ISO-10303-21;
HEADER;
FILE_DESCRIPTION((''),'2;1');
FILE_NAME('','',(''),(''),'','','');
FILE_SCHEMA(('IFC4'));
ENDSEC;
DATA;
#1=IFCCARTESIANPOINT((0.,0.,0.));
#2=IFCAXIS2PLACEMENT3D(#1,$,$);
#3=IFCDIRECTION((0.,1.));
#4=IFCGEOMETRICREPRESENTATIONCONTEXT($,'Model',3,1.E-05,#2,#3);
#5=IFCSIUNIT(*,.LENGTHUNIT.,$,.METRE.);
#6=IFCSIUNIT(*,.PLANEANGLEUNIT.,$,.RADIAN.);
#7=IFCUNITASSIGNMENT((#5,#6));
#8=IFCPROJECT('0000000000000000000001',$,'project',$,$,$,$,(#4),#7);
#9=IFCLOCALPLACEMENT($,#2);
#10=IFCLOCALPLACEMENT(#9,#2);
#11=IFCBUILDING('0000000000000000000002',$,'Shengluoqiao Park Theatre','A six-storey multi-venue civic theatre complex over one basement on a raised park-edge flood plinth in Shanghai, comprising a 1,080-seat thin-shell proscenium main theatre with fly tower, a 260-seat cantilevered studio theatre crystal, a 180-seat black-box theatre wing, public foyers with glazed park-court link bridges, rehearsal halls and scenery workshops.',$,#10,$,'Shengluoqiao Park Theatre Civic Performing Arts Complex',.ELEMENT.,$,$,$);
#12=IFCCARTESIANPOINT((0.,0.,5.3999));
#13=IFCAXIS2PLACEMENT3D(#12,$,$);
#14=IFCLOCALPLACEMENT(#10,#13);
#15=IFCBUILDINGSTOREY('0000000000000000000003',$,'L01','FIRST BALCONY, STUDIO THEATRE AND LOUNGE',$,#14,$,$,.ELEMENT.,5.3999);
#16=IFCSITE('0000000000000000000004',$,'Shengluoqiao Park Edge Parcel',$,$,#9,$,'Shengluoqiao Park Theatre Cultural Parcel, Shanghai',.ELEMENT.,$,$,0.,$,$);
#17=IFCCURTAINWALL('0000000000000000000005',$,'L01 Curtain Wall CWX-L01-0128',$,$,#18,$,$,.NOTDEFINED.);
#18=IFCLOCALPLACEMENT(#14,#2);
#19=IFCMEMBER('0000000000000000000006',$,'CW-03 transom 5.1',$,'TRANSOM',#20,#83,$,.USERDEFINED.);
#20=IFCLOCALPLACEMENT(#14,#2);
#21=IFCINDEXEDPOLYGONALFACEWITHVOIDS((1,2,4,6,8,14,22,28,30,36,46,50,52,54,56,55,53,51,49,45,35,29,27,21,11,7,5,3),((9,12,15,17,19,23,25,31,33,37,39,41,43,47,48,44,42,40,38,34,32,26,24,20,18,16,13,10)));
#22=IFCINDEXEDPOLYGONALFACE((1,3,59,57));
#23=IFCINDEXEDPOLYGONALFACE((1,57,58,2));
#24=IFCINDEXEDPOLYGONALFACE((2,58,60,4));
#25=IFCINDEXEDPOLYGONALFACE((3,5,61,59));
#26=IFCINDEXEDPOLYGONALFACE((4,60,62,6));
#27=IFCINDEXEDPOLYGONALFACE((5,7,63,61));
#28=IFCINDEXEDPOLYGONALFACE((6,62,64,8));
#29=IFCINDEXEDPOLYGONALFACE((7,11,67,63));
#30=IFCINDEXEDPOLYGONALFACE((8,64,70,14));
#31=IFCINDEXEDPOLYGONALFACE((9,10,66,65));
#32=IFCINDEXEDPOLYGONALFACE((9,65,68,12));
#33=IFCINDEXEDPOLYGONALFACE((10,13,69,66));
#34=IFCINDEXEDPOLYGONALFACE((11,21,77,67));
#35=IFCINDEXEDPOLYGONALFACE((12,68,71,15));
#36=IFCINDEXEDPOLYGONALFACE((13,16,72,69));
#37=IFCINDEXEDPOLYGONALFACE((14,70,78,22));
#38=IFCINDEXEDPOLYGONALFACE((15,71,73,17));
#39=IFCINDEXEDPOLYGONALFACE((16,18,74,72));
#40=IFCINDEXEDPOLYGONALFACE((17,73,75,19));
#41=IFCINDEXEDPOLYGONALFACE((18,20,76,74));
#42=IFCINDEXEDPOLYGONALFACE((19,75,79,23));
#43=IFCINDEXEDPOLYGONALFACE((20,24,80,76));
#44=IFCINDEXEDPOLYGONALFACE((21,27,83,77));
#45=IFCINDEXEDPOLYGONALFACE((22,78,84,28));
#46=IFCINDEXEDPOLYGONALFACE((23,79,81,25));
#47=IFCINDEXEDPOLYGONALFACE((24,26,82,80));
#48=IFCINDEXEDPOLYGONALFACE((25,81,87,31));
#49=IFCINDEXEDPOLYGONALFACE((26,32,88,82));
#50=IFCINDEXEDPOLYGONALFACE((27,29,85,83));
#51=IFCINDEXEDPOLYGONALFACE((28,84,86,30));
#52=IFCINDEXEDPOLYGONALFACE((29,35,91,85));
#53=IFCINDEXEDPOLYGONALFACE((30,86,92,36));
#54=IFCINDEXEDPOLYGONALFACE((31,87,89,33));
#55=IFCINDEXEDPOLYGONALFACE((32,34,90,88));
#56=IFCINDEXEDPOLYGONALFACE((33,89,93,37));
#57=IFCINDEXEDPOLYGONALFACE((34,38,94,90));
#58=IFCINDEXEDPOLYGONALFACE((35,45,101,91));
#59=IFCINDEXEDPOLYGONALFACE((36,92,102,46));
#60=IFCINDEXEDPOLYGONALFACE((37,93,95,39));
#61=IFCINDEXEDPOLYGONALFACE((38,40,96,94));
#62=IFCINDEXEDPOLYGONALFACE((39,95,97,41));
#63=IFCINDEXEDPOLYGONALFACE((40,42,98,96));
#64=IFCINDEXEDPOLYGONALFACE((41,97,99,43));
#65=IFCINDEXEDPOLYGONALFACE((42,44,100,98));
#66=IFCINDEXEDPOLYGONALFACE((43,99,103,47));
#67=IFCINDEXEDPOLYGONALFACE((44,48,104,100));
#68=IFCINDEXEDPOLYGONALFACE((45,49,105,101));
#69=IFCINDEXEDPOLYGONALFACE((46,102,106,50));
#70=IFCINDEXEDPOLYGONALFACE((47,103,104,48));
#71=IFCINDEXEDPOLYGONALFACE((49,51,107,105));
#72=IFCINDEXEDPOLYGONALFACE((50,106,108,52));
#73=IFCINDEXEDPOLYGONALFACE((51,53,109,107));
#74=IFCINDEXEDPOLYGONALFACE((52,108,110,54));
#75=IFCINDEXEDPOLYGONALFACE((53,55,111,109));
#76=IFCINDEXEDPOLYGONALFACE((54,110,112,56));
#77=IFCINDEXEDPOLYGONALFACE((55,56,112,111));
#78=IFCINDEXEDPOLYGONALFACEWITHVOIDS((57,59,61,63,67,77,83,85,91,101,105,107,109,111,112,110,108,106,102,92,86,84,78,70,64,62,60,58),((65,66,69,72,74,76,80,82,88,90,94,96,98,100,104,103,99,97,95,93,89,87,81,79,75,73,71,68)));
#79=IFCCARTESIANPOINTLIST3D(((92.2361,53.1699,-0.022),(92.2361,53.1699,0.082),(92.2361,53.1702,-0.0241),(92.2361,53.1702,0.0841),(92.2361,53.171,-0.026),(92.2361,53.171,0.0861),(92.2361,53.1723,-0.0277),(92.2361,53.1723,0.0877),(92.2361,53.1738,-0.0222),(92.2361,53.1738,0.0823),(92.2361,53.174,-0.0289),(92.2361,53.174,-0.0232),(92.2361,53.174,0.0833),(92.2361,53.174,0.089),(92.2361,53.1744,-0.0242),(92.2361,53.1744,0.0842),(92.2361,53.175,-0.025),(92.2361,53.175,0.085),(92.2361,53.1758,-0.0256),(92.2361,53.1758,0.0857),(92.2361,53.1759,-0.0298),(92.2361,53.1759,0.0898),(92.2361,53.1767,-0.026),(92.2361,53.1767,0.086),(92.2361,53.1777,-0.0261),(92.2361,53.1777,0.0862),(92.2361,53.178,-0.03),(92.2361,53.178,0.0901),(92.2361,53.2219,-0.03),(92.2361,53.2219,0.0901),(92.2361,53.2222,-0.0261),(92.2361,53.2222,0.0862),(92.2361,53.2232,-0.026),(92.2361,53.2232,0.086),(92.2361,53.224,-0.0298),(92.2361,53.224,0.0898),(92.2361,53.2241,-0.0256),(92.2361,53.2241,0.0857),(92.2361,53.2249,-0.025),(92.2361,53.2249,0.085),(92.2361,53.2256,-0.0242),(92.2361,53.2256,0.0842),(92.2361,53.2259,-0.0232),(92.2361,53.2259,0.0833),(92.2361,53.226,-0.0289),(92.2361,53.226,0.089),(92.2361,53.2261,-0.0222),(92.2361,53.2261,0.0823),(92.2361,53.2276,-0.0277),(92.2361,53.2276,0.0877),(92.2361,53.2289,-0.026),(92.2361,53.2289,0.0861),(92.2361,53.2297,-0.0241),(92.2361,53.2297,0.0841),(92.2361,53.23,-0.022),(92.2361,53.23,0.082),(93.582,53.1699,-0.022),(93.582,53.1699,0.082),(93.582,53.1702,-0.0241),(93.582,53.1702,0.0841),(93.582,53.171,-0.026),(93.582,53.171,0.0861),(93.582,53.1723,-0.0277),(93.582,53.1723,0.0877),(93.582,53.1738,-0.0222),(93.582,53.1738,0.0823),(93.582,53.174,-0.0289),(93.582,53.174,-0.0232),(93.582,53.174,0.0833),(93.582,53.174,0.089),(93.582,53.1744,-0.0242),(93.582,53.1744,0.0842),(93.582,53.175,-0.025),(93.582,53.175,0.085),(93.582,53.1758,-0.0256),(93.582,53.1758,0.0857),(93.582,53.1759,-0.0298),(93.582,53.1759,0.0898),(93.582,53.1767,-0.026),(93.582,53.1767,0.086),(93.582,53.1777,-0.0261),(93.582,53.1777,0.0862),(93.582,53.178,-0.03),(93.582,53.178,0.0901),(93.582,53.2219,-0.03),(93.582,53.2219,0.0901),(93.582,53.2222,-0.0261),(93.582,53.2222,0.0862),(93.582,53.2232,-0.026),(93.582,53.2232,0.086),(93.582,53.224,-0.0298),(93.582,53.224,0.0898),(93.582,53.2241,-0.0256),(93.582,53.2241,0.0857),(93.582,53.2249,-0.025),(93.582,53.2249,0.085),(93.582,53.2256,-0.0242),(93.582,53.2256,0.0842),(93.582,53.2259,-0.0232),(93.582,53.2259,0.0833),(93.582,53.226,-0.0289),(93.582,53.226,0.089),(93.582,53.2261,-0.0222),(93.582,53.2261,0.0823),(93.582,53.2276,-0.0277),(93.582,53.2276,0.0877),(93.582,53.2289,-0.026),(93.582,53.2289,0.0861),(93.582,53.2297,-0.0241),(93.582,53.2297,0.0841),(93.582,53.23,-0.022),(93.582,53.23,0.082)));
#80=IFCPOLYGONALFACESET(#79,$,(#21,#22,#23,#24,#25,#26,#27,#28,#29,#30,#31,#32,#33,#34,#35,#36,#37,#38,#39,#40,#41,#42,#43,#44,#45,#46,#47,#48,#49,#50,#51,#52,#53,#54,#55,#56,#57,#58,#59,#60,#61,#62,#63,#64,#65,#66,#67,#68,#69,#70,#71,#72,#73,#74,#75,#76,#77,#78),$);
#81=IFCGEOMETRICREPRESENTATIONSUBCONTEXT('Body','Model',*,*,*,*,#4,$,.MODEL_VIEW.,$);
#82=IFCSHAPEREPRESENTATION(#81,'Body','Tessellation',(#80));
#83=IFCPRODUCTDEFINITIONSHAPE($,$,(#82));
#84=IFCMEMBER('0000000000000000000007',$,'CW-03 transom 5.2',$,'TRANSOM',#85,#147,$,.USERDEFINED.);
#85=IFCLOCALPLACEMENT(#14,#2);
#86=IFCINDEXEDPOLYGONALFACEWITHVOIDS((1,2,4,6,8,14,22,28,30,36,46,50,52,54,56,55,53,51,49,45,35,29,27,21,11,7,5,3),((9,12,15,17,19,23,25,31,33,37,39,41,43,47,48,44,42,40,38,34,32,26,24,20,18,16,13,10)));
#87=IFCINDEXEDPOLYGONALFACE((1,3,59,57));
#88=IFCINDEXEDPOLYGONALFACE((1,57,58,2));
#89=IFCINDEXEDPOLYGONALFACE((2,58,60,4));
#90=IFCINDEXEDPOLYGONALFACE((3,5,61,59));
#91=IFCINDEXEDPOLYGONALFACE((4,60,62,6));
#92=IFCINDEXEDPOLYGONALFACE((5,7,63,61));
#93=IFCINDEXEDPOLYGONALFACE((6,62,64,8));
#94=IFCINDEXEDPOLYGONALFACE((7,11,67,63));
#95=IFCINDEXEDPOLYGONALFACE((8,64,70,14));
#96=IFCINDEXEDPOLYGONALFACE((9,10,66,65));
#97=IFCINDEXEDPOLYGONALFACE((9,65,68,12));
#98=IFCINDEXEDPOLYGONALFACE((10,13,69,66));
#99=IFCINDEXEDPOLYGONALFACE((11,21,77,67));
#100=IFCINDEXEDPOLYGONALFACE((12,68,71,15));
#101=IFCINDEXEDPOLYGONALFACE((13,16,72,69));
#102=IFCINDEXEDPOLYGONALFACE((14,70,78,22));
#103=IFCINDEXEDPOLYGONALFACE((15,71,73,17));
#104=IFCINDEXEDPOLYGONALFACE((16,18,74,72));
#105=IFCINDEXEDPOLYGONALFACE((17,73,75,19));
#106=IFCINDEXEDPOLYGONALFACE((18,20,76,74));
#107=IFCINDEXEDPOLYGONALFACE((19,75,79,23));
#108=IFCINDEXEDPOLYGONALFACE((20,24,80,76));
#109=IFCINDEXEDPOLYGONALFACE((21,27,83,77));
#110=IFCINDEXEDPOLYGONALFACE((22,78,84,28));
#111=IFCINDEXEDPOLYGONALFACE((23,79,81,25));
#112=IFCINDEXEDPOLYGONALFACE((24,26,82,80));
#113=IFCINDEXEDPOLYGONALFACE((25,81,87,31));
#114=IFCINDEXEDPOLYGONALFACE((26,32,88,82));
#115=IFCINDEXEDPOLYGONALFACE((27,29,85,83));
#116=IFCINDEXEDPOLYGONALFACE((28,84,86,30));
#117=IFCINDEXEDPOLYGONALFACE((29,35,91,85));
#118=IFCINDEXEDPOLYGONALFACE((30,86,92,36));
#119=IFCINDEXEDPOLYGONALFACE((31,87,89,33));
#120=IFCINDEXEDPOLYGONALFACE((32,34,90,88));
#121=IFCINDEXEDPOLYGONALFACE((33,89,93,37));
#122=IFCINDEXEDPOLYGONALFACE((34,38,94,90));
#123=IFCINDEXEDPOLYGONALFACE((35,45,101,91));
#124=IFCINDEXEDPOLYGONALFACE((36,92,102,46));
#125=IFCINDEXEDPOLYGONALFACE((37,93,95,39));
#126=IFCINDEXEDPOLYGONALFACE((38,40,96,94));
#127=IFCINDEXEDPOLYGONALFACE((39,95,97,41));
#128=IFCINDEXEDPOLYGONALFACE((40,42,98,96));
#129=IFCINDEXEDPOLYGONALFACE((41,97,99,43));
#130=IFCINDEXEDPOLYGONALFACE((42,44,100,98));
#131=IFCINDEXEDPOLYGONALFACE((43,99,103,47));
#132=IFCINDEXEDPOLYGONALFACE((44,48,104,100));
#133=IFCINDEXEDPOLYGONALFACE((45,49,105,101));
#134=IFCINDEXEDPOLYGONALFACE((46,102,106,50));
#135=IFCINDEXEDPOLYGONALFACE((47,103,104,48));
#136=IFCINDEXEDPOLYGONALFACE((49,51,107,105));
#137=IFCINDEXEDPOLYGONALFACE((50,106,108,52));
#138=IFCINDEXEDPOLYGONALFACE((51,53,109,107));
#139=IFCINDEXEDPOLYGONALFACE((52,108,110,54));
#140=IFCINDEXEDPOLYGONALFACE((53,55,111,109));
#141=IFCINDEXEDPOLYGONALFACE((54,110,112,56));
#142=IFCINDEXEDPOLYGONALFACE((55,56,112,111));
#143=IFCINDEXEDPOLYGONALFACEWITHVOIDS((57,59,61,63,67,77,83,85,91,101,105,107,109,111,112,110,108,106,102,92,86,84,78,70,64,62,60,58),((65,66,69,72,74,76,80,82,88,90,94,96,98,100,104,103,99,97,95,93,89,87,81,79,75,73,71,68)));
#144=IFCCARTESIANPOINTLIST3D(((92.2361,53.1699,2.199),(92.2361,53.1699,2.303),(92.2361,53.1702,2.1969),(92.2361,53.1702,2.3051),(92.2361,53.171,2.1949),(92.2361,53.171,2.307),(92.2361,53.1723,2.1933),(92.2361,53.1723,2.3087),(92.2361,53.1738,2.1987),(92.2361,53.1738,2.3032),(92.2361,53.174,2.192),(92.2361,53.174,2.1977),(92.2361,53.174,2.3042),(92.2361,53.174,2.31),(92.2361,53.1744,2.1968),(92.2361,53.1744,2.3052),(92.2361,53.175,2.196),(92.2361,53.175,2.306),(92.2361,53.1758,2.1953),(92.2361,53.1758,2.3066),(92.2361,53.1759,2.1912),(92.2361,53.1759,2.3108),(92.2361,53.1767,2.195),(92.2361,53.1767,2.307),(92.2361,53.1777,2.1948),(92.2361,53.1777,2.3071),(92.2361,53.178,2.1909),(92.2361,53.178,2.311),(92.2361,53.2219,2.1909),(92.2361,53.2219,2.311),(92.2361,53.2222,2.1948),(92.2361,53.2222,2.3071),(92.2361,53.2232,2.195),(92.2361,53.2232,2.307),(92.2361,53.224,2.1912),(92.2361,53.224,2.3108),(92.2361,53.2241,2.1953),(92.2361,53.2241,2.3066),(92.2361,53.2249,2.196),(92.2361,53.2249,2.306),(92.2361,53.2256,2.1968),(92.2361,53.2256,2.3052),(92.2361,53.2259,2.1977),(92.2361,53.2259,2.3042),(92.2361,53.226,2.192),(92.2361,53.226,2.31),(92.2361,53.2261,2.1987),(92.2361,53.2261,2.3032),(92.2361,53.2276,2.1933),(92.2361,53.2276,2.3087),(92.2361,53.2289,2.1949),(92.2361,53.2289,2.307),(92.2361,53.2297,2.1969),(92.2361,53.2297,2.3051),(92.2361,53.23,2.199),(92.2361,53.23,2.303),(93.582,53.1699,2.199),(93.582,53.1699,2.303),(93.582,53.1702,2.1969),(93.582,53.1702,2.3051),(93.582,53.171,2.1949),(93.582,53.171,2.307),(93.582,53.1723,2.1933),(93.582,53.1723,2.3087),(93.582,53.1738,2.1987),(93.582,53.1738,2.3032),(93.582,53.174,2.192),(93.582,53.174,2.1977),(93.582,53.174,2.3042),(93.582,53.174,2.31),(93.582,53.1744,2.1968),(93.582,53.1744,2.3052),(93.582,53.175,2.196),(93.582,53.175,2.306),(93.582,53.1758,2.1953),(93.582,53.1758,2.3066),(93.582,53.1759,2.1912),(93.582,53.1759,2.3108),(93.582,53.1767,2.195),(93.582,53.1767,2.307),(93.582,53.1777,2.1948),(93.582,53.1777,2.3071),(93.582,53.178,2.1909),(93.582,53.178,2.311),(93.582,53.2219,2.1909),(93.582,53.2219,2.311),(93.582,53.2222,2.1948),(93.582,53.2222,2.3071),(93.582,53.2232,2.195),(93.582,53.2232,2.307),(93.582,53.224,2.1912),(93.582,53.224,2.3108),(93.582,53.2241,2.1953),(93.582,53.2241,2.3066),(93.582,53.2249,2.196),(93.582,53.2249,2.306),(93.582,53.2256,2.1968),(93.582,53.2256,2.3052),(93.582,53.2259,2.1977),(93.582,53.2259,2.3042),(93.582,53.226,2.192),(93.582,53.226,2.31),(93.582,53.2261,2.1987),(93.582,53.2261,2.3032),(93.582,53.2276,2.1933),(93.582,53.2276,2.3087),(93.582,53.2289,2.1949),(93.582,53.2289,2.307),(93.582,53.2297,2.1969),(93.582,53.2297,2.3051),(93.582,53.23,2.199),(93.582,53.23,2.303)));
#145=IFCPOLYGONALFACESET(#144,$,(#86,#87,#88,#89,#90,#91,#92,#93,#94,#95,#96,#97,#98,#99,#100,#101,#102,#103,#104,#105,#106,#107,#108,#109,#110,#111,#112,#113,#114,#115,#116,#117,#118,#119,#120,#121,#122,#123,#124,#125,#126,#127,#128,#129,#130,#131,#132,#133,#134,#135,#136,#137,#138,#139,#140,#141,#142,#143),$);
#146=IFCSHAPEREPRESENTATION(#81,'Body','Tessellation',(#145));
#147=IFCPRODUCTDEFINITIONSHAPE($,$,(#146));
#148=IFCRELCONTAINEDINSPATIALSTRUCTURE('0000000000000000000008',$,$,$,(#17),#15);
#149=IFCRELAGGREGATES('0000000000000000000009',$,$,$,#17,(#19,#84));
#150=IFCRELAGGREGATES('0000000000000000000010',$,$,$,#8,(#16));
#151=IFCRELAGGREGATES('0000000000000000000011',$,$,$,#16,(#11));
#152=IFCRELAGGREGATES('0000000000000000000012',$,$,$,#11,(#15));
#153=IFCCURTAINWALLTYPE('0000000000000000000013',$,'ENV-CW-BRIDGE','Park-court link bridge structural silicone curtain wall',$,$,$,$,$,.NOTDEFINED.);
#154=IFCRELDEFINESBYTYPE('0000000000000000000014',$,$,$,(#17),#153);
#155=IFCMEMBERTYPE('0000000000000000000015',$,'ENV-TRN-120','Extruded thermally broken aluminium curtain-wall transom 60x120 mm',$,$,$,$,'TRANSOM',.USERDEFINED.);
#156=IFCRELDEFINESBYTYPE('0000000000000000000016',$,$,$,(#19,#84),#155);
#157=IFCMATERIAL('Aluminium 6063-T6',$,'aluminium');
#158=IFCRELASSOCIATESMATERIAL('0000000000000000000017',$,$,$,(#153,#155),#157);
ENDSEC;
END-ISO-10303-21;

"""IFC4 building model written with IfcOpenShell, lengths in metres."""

from ifc_helpers import new_model, si_unit, direction, frame, origin, origin_2d, place, context, subcontext, project, spatial, hollow_rectangle, extrude, material, material_profile, profile_set, type_object, element, aggregate, save


model = new_model("IFC4")

# Units and contexts
model_context = context("Model", 3, precision=1e-05, world=origin(), true_north=direction((0.0, 1.0)))
body_context = subcontext(model_context, "Body", "Model", "MODEL_VIEW")
ifc_project = project(units=[si_unit("LENGTHUNIT", "METRE"), si_unit("PLANEANGLEUNIT", "RADIAN")], contexts=[model_context])

# Site, building, storey
site_placement = place(None, origin())
site = spatial("IfcSite", under=ifc_project, at=site_placement, Name="Shengluoqiao Park Edge Parcel", LongName="Shengluoqiao Park Theatre Cultural Parcel, Shanghai", CompositionType="ELEMENT", RefElevation=0.0)
building_placement = place(site_placement, origin())
building = spatial("IfcBuilding", under=site, at=building_placement, Name="Shengluoqiao Park Theatre", Description="A six-storey multi-venue civic theatre complex over one basement on a raised park-edge flood plinth in Shanghai, comprising a 1,080-seat thin-shell proscenium main theatre with fly tower, a 260-seat cantilevered studio theatre crystal, a 180-seat black-box theatre wing, public foyers with glazed park-court link bridges, rehearsal halls and scenery workshops.", LongName="Shengluoqiao Park Theatre Civic Performing Arts Complex", CompositionType="ELEMENT")
storey_placement = place(building_placement, frame((0.0, 0.0, 5.3999)))
storey = spatial("IfcBuildingStorey", under=building, at=storey_placement, Name="L01", Description="FIRST BALCONY, STUDIO THEATRE AND LOUNGE", CompositionType="ELEMENT", Elevation=5.3999)

# Curtain wall
ifc_material_1 = material(Name="Aluminium 6063-T6", Category="aluminium")
curtain_wall_type = type_object("IfcCurtainWallType", Name="ENV-CW-BRIDGE", Description="Park-court link bridge structural silicone curtain wall", PredefinedType="NOTDEFINED", material=ifc_material_1)
curtain_wall_1_placement = place(storey_placement, origin())
curtain_wall_1 = element("IfcCurtainWall", 1, at=curtain_wall_1_placement, inside=storey, type_object=curtain_wall_type, Name="L01 Curtain Wall CWX-L01-0128", PredefinedType="NOTDEFINED")

# Members
ifc_material_profile_1 = material_profile(ifc_material_1, hollow_rectangle(XDim=0.0601, YDim=0.1201, WallThickness=0.0039, InnerFilletRadius=0.0039, OuterFilletRadius=0.0081, at=origin_2d()), Name="ALU TRANSOM 120x60x4")
ifc_profile_set_1 = profile_set([ifc_material_profile_1], Name="Aluminium 6063-T6")
member_type_1 = type_object("IfcMemberType", Name="ENV-TRN-120", Description="Extruded thermally broken aluminium curtain-wall transom 60x120 mm", ElementType="TRANSOM", PredefinedType="USERDEFINED", material=ifc_profile_set_1)
member_1_placement = place(storey_placement, frame((92.2361, 53.2, 0.03), z_axis=(1.0, 0.0, 0.0), x_axis=(0.0, 1.0, 0.0)))
member_1 = element("IfcMember", 2, at=member_1_placement, type_object=member_type_1, Name="CW-03 transom 5.1", ObjectType="TRANSOM", PredefinedType="USERDEFINED", context=body_context, shape_type="SweptSolid", body=[
    extrude(hollow_rectangle(XDim=0.0601, YDim=0.1201, WallThickness=0.0039, InnerFilletRadius=0.0039, OuterFilletRadius=0.0081, at=origin_2d()), origin(), (0.0, 0.0, 1.0), 1.3459),
])
member_2_placement = place(storey_placement, frame((92.2361, 53.2, 2.251), z_axis=(1.0, 0.0, 0.0), x_axis=(0.0, 1.0, 0.0)))
member_2 = element("IfcMember", 3, at=member_2_placement, type_object=member_type_1, Name="CW-03 transom 5.2", ObjectType="TRANSOM", PredefinedType="USERDEFINED", context=body_context, shape_type="SweptSolid", body=[
    extrude(hollow_rectangle(XDim=0.0601, YDim=0.1201, WallThickness=0.0039, InnerFilletRadius=0.0039, OuterFilletRadius=0.0081, at=origin_2d()), origin(), (0.0, 0.0, 1.0), 1.3459),
])

aggregate(curtain_wall_1, [member_1, member_2])

save(model, "model.ifc")
